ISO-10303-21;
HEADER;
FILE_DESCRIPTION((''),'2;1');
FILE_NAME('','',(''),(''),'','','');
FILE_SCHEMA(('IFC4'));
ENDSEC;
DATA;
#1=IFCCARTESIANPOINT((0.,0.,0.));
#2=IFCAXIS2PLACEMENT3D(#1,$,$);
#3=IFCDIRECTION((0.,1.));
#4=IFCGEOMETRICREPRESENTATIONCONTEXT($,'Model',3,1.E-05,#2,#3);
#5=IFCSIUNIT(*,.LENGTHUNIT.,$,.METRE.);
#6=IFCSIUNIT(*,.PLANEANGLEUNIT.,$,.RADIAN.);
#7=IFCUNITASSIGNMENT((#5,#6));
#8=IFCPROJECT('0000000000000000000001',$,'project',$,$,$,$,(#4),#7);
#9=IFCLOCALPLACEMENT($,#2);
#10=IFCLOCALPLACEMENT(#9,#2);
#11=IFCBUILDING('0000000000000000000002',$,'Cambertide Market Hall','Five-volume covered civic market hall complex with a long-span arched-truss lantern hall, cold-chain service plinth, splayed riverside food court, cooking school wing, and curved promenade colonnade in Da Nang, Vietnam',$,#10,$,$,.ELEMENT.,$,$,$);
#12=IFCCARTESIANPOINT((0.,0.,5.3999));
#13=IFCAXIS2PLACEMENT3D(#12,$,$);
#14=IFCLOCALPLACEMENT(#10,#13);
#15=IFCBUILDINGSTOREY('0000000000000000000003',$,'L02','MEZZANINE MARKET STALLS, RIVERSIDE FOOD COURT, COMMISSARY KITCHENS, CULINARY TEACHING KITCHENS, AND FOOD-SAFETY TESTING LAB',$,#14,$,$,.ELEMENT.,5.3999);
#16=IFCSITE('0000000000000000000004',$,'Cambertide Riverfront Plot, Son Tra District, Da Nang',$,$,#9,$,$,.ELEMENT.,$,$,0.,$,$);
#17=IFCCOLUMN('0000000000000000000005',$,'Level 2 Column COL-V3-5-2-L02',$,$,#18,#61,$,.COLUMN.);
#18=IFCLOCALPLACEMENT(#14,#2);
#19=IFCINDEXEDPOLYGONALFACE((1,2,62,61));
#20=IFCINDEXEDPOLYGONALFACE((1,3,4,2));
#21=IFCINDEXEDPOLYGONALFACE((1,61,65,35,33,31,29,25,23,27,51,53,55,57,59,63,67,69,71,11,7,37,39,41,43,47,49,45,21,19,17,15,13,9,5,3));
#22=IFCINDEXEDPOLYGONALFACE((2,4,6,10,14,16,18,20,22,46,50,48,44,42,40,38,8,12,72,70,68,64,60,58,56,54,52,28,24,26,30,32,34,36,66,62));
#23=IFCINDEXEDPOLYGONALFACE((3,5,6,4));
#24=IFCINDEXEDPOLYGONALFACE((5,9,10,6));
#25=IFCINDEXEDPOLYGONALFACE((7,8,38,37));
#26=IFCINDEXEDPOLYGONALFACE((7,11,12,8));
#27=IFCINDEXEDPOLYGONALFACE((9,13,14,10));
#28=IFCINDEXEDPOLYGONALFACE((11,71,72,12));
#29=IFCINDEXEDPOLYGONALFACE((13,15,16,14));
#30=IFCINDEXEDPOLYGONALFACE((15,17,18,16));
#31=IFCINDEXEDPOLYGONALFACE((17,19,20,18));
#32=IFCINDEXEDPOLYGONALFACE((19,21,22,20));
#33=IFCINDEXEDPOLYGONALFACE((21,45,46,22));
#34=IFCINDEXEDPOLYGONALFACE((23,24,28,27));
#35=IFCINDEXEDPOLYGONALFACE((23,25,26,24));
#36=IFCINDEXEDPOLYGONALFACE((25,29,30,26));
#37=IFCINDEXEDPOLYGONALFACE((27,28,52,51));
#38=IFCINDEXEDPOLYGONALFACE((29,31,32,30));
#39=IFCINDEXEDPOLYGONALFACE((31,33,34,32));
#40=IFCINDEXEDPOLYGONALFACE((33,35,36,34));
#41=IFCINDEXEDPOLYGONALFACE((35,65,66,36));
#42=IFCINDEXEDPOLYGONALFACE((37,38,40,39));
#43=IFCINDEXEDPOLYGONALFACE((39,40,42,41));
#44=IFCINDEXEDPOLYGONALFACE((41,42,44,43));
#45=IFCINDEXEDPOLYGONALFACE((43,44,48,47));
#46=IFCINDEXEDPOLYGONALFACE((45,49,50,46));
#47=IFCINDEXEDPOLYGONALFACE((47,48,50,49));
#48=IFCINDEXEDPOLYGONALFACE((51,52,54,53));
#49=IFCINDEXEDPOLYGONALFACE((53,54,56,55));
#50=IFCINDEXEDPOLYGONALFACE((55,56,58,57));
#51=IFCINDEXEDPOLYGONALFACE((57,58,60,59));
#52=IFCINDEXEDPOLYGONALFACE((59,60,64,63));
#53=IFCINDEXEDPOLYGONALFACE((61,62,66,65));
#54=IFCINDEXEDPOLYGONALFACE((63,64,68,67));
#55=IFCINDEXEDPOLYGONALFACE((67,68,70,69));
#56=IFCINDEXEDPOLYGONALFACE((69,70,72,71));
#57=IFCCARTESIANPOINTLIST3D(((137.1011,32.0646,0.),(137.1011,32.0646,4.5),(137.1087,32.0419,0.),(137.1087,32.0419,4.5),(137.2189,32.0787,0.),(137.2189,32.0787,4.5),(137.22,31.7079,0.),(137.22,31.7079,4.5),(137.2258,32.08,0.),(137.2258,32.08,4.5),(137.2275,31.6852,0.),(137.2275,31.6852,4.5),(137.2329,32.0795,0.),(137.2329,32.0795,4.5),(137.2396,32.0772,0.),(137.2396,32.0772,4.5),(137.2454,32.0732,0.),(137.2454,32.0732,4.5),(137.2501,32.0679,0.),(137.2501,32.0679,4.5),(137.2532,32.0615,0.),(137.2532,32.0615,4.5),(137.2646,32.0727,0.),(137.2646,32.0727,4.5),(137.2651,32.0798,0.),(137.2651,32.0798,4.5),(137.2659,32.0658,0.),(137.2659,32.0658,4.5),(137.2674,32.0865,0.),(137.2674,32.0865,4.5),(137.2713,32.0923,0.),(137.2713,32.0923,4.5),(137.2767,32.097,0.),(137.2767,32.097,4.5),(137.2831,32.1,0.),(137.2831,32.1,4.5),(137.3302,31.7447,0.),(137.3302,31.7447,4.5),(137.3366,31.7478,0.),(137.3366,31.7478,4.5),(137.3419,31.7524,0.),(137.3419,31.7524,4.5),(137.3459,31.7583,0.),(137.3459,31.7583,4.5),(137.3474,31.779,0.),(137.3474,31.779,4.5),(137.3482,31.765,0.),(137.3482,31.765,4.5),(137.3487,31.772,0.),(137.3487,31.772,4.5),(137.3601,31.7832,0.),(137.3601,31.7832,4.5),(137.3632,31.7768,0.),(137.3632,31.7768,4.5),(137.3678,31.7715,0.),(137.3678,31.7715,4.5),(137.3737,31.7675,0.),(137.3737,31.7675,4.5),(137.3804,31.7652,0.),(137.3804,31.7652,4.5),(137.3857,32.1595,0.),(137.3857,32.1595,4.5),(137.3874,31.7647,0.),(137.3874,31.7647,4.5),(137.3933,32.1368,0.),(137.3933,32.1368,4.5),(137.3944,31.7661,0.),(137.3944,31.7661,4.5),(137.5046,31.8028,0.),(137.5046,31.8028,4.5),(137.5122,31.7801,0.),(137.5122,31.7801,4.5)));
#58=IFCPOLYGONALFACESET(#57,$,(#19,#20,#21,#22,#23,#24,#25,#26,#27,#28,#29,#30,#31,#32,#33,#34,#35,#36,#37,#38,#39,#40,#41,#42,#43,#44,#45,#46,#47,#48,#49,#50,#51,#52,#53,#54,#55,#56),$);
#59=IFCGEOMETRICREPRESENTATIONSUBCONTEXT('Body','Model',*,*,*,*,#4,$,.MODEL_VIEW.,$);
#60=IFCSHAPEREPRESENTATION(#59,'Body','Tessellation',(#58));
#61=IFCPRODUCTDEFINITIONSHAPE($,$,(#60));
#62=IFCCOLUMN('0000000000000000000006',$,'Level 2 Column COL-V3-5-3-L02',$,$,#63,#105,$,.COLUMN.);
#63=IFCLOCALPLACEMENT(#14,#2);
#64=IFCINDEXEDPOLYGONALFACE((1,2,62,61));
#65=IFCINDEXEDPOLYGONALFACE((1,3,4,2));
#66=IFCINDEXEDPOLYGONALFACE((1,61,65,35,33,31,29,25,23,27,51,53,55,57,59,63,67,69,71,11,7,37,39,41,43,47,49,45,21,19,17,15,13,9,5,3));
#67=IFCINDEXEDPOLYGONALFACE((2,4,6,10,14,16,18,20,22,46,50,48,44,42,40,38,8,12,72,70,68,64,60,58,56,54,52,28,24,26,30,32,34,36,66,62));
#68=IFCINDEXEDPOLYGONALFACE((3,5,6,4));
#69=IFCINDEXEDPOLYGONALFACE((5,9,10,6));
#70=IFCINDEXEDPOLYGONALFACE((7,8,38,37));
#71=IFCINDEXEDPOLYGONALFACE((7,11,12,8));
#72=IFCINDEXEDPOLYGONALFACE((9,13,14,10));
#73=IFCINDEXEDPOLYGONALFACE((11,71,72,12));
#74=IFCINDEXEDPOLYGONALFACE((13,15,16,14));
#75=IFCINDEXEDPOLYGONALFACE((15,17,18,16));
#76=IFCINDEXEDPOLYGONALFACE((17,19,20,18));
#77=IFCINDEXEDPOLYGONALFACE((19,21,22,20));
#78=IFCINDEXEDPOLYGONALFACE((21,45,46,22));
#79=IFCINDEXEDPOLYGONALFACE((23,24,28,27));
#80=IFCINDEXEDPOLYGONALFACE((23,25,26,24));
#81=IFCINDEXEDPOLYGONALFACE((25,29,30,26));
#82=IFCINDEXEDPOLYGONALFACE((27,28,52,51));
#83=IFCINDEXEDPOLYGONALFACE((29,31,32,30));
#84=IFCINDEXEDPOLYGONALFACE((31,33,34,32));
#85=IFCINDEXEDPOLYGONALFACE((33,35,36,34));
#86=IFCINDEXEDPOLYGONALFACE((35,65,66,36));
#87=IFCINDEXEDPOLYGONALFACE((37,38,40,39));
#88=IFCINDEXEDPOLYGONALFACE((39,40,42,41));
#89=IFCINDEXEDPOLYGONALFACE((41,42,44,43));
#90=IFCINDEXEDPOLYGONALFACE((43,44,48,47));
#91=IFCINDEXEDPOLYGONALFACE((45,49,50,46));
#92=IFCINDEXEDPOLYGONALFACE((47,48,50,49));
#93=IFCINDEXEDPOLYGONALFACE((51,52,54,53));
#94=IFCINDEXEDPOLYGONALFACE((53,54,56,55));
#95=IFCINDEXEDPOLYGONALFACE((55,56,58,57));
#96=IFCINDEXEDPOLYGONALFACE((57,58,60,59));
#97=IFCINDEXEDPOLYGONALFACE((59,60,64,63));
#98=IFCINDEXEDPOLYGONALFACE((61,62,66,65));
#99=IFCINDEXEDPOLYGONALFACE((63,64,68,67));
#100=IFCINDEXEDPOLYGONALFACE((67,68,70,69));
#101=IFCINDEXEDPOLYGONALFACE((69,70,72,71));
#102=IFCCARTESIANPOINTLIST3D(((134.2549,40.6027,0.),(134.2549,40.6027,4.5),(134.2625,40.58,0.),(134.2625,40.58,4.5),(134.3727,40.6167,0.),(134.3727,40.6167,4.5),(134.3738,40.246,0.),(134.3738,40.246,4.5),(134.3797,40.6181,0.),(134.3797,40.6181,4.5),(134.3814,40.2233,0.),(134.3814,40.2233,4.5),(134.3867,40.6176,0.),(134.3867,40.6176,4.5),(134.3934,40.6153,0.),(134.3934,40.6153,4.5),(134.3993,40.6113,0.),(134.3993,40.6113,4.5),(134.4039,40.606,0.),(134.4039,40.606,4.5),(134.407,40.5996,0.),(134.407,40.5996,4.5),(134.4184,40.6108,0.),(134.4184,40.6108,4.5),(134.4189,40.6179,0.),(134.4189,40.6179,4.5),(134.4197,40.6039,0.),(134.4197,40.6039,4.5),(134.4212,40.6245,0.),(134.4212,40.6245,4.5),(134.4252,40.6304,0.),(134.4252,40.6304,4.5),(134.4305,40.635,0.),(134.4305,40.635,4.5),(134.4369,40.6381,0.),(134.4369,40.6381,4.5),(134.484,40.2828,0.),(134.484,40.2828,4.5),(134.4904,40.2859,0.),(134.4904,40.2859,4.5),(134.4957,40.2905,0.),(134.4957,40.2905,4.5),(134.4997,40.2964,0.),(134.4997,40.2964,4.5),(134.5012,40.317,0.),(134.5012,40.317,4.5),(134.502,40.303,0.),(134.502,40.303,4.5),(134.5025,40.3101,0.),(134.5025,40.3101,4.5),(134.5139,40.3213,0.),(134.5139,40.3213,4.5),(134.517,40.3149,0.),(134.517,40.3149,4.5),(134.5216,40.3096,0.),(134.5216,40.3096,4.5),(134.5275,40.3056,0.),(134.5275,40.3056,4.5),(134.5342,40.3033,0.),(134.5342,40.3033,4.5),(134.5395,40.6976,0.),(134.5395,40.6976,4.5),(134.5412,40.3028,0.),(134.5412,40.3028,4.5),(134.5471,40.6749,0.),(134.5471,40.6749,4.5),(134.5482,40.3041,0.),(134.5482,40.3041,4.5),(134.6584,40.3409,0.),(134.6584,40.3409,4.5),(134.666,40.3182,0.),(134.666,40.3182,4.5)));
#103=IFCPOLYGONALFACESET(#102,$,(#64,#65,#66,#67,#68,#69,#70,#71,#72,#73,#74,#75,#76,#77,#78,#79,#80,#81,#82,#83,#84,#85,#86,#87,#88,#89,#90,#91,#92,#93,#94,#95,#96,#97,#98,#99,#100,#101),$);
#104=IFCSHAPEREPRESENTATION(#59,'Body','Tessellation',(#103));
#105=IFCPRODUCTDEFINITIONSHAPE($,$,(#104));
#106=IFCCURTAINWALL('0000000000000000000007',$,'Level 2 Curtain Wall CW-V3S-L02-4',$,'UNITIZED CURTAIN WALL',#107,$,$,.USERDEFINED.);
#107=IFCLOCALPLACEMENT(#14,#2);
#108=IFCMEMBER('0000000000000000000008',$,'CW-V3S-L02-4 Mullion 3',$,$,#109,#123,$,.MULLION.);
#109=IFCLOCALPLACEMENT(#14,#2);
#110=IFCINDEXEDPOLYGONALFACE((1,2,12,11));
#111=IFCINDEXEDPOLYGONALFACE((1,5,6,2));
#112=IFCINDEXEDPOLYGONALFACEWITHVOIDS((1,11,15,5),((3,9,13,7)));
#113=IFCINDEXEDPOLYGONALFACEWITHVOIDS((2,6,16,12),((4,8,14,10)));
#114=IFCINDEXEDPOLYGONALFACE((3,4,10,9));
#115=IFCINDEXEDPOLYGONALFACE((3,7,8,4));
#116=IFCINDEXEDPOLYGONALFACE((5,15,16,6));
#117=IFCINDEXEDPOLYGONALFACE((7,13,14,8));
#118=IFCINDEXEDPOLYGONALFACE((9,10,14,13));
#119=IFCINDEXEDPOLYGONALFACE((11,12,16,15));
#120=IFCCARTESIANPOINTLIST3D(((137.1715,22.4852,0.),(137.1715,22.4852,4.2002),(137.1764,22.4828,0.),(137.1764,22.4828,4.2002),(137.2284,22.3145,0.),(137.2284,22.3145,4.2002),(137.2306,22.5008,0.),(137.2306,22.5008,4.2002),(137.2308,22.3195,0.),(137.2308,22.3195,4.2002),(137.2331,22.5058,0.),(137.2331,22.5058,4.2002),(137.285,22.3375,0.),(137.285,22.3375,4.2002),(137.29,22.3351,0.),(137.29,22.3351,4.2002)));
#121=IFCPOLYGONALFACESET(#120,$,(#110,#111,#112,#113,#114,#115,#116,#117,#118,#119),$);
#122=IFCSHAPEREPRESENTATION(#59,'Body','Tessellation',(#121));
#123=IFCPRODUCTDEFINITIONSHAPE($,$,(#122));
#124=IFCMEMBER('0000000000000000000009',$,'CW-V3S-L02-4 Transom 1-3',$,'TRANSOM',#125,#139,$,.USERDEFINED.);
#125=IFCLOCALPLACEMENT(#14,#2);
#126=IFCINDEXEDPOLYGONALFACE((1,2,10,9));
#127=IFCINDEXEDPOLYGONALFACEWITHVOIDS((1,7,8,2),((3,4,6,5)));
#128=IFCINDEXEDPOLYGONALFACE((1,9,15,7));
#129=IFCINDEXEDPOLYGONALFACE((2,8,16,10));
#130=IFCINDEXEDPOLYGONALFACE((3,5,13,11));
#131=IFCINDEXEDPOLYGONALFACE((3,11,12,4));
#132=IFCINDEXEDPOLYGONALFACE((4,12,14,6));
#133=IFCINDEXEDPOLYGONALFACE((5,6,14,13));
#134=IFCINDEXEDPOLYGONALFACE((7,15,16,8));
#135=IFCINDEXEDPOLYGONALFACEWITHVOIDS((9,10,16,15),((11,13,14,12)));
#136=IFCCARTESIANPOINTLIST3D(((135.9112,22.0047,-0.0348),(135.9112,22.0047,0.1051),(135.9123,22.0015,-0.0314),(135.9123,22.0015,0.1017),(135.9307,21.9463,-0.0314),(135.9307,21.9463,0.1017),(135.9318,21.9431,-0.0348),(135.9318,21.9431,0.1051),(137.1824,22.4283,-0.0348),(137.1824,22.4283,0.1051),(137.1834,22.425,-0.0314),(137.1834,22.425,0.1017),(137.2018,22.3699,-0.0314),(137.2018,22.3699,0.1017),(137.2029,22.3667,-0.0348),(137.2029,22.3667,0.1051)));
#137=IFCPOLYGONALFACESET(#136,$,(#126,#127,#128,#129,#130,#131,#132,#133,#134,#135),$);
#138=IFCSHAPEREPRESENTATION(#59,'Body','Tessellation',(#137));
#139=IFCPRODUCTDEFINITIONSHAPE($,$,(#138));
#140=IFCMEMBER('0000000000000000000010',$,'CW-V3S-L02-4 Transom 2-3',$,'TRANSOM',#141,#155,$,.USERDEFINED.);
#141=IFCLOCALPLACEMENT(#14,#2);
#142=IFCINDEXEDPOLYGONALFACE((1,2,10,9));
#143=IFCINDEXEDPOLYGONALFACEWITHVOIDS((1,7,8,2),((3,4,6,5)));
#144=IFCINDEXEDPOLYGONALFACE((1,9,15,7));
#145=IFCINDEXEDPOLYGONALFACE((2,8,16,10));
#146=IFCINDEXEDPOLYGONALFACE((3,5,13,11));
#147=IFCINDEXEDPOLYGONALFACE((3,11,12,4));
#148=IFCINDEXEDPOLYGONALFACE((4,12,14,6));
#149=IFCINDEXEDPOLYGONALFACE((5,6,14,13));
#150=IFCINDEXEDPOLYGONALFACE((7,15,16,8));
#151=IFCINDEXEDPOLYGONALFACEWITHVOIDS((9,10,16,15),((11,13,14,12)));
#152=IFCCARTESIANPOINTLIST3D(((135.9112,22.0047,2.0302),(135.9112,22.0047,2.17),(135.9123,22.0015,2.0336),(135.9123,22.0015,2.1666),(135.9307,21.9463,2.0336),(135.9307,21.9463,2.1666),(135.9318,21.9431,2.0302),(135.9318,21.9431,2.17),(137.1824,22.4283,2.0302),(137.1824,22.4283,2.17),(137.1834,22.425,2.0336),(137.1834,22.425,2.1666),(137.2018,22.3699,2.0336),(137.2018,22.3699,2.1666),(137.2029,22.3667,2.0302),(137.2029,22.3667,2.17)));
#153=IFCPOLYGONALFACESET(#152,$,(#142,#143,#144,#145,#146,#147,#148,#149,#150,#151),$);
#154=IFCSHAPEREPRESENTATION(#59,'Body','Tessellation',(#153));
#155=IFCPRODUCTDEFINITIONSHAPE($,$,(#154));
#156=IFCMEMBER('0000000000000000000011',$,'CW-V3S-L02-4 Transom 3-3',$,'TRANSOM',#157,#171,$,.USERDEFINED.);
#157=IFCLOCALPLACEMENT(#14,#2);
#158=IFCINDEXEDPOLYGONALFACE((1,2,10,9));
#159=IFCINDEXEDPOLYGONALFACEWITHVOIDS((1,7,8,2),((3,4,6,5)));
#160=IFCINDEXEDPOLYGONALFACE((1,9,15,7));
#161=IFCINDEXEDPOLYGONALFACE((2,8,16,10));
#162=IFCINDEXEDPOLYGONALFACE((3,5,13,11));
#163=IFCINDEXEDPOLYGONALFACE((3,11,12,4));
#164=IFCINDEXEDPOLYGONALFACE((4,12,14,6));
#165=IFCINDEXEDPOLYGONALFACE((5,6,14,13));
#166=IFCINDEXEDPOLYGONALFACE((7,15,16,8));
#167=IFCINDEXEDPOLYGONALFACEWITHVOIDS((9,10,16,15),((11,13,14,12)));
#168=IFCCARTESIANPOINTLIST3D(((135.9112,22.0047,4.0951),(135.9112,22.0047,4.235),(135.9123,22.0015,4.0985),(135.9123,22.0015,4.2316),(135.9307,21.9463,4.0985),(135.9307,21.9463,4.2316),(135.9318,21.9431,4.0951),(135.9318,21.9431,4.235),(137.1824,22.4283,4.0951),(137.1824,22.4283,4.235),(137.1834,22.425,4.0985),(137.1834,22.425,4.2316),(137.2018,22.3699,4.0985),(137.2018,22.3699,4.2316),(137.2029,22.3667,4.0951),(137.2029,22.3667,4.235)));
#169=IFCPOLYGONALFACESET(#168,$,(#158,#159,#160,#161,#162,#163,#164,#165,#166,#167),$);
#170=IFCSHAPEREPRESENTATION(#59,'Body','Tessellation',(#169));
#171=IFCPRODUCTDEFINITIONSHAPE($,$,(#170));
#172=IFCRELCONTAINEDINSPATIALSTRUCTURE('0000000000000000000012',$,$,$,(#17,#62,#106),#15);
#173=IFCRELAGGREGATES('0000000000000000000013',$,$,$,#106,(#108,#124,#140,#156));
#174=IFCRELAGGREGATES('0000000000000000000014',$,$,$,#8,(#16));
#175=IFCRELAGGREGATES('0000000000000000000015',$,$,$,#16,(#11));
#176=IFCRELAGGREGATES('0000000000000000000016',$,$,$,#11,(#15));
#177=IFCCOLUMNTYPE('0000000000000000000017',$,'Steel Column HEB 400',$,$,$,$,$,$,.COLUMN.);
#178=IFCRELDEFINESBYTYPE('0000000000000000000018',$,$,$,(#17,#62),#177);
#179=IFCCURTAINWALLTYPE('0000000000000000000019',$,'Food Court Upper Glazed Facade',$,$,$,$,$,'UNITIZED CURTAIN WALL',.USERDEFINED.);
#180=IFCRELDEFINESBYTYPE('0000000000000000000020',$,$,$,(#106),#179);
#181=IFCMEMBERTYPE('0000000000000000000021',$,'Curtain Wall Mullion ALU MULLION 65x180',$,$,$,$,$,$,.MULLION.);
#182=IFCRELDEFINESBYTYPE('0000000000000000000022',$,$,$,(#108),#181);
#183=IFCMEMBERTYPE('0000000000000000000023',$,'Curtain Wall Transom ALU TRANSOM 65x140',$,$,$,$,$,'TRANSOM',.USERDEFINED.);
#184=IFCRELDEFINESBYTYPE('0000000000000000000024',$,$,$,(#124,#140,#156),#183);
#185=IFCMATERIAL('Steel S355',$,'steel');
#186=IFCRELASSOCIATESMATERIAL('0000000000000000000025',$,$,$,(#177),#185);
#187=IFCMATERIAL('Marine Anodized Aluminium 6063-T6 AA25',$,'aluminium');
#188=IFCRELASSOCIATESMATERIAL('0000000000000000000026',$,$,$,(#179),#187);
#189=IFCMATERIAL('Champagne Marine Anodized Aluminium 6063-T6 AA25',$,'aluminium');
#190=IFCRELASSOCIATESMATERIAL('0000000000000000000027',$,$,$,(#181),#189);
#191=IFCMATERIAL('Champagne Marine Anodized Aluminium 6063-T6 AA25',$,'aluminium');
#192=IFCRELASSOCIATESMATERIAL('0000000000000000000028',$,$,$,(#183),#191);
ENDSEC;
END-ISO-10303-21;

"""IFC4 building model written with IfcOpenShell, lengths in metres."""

from ifc_helpers import new_model, si_unit, direction, frame, origin, origin_2d, place, context, subcontext, project, spatial, hollow_rectangle, i_section, extrude, material, material_profile, profile_set, type_object, element, aggregate, save


model = new_model("IFC4")

# Units and contexts
model_context = context("Model", 3, precision=1e-05, world=origin(), true_north=direction((0.0, 1.0)))
body_context = subcontext(model_context, "Body", "Model", "MODEL_VIEW")
ifc_project = project(units=[si_unit("LENGTHUNIT", "METRE"), si_unit("PLANEANGLEUNIT", "RADIAN")], contexts=[model_context])

# Site, building, storey
site_placement = place(None, origin())
site = spatial("IfcSite", under=ifc_project, at=site_placement, Name="Cambertide Riverfront Plot, Son Tra District, Da Nang", CompositionType="ELEMENT", RefElevation=0.0)
building_placement = place(site_placement, origin())
building = spatial("IfcBuilding", under=site, at=building_placement, Name="Cambertide Market Hall", Description="Five-volume covered civic market hall complex with a long-span arched-truss lantern hall, cold-chain service plinth, splayed riverside food court, cooking school wing, and curved promenade colonnade in Da Nang, Vietnam", CompositionType="ELEMENT")
storey_placement = place(building_placement, frame((0.0, 0.0, 5.3999)))
storey = spatial("IfcBuildingStorey", under=building, at=storey_placement, Name="L02", Description="MEZZANINE MARKET STALLS, RIVERSIDE FOOD COURT, COMMISSARY KITCHENS, CULINARY TEACHING KITCHENS, AND FOOD-SAFETY TESTING LAB", CompositionType="ELEMENT", Elevation=5.3999)

# Columns
ifc_material_1 = material(Name="Steel S355", Category="steel")
ifc_material_profile_1 = material_profile(ifc_material_1, i_section(OverallWidth=0.3, OverallDepth=0.3999, WebThickness=0.0134, FlangeThickness=0.0239, FilletRadius=0.0271, at=origin_2d()), Name="HEB 400")
ifc_profile_set_1 = profile_set([ifc_material_profile_1], Name="Steel S355")
column_type = type_object("IfcColumnType", Name="Steel Column HEB 400", PredefinedType="COLUMN", material=ifc_profile_set_1)
for number, where, z_axis, x_axis, name in (
    (1, (137.3066, 31.9224, 0.0), (0.0, 0.0, 1.0), (0.948683, 0.316228, 0.0), "Level 2 Column COL-V3-5-2-L02"),
    (2, (134.4604, 40.4604, 0.0), (0.0, 0.0, 1.0), (0.948683, 0.316228, 0.0), "Level 2 Column COL-V3-5-3-L02"),
):
    element("IfcColumn", number, at=place(storey_placement, frame(where, z_axis=z_axis, x_axis=x_axis)), inside=storey, type_object=column_type, Name=name, PredefinedType="COLUMN", context=body_context, shape_type="SweptSolid", body=[
        extrude(i_section(OverallWidth=0.3, OverallDepth=0.3999, WebThickness=0.0134, FlangeThickness=0.0239, FilletRadius=0.0271, at=origin_2d()), origin(), (0.0, 0.0, 1.0), 4.5),
    ])

# Curtain wall, members
ifc_material_2 = material(Name="Marine Anodized Aluminium 6063-T6 AA25", Category="aluminium")
curtain_wall_type = type_object("IfcCurtainWallType", Name="Food Court Upper Glazed Facade", ElementType="UNITIZED CURTAIN WALL", PredefinedType="USERDEFINED", material=ifc_material_2)
curtain_wall_placement = place(storey_placement, origin())
curtain_wall = element("IfcCurtainWall", 3, at=curtain_wall_placement, inside=storey, type_object=curtain_wall_type, Name="Level 2 Curtain Wall CW-V3S-L02-4", ObjectType="UNITIZED CURTAIN WALL", PredefinedType="USERDEFINED")
ifc_material_3 = material(Name="Champagne Marine Anodized Aluminium 6063-T6 AA25", Category="aluminium")
ifc_material_profile_2 = material_profile(ifc_material_3, hollow_rectangle(XDim=0.0649, YDim=0.1799, WallThickness=0.0039, at=origin_2d()), Name="ALU MULLION 65x180")
ifc_profile_set_2 = profile_set([ifc_material_profile_2], Name="Champagne Marine Anodized Aluminium 6063-T6 AA25")
member_type_1 = type_object("IfcMemberType", Name="Curtain Wall Mullion ALU MULLION 65x180", PredefinedType="MULLION", material=ifc_profile_set_2)
member_1_placement = place(storey_placement, frame((137.2307, 22.4102, 0.0), z_axis=(0.0, 0.0, 1.0), x_axis=(-0.948683, -0.316228, 0.0)))
member_1 = element("IfcMember", 4, at=member_1_placement, type_object=member_type_1, Name="CW-V3S-L02-4 Mullion 3", PredefinedType="MULLION", context=body_context, shape_type="SweptSolid", body=[
    extrude(hollow_rectangle(XDim=0.0649, YDim=0.1799, WallThickness=0.0039, at=origin_2d()), origin(), (0.0, 0.0, 1.0), 4.2002),
])
ifc_material_4 = material(Name="Champagne Marine Anodized Aluminium 6063-T6 AA25", Category="aluminium")
ifc_material_profile_3 = material_profile(ifc_material_4, hollow_rectangle(XDim=0.0649, YDim=0.1399, WallThickness=0.0034, at=origin_2d()), Name="ALU TRANSOM 65x140")
ifc_profile_set_3 = profile_set([ifc_material_profile_3], Name="Champagne Marine Anodized Aluminium 6063-T6 AA25")
member_type_2 = type_object("IfcMemberType", Name="Curtain Wall Transom ALU TRANSOM 65x140", ElementType="TRANSOM", PredefinedType="USERDEFINED", material=ifc_profile_set_3)
member_2_placement = place(storey_placement, frame((137.1926, 22.3975, 0.0352), z_axis=(-0.94872, -0.316118, 0.0), x_axis=(0.316118, -0.94872, 0.0)))
member_2 = element("IfcMember", 5, at=member_2_placement, type_object=member_type_2, Name="CW-V3S-L02-4 Transom 1-3", ObjectType="TRANSOM", PredefinedType="USERDEFINED", context=body_context, shape_type="SweptSolid", body=[
    extrude(hollow_rectangle(XDim=0.0649, YDim=0.1399, WallThickness=0.0034, at=origin_2d()), origin(), (0.0, 0.0, 1.0), 1.3398),
])
member_3_placement = place(storey_placement, frame((137.1926, 22.3975, 2.1001), z_axis=(-0.94872, -0.316118, 0.0), x_axis=(0.316118, -0.94872, 0.0)))
member_3 = element("IfcMember", 6, at=member_3_placement, type_object=member_type_2, Name="CW-V3S-L02-4 Transom 2-3", ObjectType="TRANSOM", PredefinedType="USERDEFINED", context=body_context, shape_type="SweptSolid", body=[
    extrude(hollow_rectangle(XDim=0.0649, YDim=0.1399, WallThickness=0.0034, at=origin_2d()), origin(), (0.0, 0.0, 1.0), 1.3398),
])
member_4_placement = place(storey_placement, frame((137.1926, 22.3975, 4.165), z_axis=(-0.94872, -0.316118, 0.0), x_axis=(0.316118, -0.94872, 0.0)))
member_4 = element("IfcMember", 7, at=member_4_placement, type_object=member_type_2, Name="CW-V3S-L02-4 Transom 3-3", ObjectType="TRANSOM", PredefinedType="USERDEFINED", context=body_context, shape_type="SweptSolid", body=[
    extrude(hollow_rectangle(XDim=0.0649, YDim=0.1399, WallThickness=0.0034, at=origin_2d()), origin(), (0.0, 0.0, 1.0), 1.3398),
])

aggregate(curtain_wall, [member_1, member_2, member_3, member_4])

save(model, "model.ifc")
